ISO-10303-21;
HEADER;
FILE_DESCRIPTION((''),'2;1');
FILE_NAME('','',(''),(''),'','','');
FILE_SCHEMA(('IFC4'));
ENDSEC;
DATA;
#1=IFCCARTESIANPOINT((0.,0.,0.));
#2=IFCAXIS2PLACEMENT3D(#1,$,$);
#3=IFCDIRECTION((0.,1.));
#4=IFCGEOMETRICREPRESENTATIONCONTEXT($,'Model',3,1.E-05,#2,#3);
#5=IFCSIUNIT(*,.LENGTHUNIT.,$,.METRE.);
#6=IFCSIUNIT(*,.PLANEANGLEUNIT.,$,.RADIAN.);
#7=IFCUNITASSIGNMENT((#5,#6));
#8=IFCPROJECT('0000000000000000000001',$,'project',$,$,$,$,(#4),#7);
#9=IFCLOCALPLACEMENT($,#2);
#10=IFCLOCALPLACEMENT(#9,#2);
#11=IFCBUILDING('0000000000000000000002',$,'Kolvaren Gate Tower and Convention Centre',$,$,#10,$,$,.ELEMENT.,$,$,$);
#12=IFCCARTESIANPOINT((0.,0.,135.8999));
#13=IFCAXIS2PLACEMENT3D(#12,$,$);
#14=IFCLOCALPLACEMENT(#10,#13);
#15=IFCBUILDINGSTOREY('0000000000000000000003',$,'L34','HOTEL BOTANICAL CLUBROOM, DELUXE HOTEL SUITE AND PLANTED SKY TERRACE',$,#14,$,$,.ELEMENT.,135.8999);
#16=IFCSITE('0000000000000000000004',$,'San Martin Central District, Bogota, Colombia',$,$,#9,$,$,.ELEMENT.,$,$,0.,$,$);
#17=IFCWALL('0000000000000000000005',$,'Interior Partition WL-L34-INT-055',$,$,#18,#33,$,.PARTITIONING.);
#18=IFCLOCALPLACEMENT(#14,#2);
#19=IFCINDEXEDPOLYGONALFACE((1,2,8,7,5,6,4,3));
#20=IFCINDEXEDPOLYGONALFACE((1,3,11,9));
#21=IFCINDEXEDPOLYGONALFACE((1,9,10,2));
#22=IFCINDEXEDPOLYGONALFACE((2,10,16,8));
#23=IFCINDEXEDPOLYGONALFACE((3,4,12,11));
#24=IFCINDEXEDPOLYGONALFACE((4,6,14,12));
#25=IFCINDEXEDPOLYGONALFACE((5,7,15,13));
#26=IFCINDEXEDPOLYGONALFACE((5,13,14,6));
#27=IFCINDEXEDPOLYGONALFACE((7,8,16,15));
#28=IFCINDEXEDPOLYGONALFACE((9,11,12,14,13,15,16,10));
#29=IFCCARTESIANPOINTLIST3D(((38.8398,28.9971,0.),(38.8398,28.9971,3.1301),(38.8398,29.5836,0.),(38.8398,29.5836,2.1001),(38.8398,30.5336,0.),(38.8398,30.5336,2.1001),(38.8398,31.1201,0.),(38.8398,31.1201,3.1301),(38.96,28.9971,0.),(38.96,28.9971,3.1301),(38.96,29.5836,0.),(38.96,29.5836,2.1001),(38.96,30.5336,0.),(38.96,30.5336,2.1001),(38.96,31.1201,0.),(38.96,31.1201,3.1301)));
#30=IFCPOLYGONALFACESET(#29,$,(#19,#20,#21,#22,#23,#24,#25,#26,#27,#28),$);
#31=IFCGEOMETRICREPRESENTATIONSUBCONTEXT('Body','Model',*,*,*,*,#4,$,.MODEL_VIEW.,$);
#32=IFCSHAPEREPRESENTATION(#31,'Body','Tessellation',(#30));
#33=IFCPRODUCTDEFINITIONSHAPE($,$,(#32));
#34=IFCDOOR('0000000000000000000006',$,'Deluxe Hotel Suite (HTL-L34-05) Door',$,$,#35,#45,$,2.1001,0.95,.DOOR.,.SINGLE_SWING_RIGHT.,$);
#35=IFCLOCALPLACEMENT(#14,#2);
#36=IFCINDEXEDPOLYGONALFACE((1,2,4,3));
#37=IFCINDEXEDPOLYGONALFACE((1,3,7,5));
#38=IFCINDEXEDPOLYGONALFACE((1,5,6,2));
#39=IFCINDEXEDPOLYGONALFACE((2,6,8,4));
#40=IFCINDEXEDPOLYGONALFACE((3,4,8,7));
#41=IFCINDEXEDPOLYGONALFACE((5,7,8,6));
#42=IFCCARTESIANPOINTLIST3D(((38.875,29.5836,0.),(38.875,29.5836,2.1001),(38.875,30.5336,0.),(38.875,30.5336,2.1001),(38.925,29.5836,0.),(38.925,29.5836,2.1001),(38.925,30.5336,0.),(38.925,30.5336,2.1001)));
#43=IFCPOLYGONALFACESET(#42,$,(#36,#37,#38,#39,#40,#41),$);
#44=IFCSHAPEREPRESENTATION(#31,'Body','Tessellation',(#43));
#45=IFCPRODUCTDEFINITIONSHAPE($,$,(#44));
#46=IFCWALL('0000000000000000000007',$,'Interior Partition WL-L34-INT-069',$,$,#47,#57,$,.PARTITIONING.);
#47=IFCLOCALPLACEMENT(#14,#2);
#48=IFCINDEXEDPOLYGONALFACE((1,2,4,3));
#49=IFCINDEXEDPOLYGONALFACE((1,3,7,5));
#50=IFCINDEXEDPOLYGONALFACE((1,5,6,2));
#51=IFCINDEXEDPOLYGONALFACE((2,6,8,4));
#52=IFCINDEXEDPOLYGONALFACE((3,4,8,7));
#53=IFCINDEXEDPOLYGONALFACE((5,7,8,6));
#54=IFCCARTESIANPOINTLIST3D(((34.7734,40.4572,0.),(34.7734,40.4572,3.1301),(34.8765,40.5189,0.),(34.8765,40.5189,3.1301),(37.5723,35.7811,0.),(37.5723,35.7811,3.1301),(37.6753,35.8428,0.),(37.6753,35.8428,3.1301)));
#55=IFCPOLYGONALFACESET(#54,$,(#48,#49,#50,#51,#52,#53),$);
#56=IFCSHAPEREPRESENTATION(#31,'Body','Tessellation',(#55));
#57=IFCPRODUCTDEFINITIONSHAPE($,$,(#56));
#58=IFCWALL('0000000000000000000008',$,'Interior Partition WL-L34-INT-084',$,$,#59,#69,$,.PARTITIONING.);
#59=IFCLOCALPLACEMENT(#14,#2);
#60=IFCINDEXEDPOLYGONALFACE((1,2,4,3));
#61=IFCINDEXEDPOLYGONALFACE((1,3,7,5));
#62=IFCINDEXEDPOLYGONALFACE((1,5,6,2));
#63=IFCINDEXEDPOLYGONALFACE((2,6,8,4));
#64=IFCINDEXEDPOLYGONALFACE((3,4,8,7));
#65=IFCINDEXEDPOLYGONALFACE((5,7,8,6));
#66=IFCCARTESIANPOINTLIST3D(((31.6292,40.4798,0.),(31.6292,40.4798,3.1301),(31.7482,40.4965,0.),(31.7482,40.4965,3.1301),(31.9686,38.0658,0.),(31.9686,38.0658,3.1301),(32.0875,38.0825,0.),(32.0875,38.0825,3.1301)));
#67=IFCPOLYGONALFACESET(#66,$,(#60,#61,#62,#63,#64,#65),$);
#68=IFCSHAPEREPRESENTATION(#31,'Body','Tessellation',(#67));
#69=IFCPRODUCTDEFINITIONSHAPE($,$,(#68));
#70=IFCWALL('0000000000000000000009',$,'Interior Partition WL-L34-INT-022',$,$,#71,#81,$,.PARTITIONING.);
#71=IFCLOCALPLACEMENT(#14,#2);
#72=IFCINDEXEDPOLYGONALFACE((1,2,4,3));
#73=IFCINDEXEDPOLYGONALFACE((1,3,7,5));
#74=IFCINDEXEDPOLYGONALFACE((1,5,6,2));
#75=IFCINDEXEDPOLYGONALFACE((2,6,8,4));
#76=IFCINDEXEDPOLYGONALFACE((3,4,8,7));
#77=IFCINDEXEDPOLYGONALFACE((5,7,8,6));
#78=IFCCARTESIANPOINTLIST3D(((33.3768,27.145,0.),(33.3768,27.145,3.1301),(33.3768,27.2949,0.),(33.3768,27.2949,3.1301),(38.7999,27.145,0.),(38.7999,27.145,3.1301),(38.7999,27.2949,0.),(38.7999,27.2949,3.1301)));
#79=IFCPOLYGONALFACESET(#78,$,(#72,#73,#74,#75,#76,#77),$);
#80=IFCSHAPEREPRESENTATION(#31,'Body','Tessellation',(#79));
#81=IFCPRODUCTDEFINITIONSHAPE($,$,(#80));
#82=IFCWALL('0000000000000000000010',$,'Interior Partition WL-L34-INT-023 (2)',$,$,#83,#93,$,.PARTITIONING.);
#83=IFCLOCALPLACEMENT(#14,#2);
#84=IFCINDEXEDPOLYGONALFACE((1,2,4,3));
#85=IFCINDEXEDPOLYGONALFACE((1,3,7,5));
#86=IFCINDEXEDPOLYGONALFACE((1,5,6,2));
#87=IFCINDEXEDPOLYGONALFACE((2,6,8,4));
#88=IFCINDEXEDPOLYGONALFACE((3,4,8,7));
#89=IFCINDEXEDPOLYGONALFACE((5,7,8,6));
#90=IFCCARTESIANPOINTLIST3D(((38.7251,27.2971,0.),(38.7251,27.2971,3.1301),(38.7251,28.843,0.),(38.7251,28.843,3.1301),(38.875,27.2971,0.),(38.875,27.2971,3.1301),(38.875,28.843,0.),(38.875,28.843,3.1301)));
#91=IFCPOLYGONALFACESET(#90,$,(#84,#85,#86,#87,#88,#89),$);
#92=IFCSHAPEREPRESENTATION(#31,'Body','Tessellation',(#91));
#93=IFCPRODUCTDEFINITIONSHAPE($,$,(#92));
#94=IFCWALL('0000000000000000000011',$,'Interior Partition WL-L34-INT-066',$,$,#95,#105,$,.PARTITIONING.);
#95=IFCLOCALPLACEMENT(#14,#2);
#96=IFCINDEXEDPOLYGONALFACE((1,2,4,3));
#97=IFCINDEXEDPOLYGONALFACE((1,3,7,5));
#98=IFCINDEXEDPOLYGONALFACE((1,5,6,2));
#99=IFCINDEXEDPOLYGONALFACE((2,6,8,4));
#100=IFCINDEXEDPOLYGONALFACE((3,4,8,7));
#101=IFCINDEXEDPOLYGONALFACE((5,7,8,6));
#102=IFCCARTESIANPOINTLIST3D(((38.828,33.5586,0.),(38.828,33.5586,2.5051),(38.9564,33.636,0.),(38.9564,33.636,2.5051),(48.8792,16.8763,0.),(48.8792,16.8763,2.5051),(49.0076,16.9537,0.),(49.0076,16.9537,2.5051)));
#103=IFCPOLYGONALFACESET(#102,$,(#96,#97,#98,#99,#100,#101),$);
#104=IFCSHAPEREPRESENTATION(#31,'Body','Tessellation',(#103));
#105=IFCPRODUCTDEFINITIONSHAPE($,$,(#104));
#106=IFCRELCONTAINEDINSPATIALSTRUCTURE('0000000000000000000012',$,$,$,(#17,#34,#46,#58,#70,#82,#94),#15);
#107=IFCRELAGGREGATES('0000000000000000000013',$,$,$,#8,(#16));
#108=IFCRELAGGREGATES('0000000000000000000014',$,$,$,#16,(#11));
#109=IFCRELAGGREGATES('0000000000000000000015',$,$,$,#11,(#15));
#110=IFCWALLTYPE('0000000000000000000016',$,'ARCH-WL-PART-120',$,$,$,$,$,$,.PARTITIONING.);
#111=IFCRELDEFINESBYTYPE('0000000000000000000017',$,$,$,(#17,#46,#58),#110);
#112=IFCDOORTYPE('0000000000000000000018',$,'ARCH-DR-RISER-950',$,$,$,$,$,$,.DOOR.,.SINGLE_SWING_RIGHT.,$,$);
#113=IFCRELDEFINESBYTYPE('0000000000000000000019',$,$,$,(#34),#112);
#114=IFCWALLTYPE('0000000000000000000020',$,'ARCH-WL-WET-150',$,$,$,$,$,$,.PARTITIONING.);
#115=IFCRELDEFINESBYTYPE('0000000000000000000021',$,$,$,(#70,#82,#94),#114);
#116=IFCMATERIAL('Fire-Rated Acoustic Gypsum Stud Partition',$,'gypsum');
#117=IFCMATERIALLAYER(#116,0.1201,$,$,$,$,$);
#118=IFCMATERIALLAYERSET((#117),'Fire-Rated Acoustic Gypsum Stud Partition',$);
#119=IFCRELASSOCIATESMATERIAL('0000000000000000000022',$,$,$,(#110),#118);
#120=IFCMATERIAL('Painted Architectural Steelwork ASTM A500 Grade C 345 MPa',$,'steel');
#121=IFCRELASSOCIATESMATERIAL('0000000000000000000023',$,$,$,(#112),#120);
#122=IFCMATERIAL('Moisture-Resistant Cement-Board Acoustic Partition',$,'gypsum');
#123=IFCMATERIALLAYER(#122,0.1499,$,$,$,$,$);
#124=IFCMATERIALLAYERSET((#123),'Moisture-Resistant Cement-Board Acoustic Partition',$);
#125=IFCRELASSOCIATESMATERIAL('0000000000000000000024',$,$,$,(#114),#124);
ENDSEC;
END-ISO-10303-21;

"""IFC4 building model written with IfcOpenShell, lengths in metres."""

from ifc_helpers import new_model, si_unit, direction, frame, frame_2d, origin, place, context, subcontext, project, spatial, rectangle, extrude, material, layer, layer_set, type_object, element, fill, save


model = new_model("IFC4")

# Units and contexts
model_context = context("Model", 3, precision=1e-05, world=origin(), true_north=direction((0.0, 1.0)))
body_context = subcontext(model_context, "Body", "Model", "MODEL_VIEW")
ifc_project = project(units=[si_unit("LENGTHUNIT", "METRE"), si_unit("PLANEANGLEUNIT", "RADIAN")], contexts=[model_context])

# Site, building, storey
site_placement = place(None, origin())
site = spatial("IfcSite", under=ifc_project, at=site_placement, Name="San Martin Central District, Bogota, Colombia", CompositionType="ELEMENT", RefElevation=0.0)
building_placement = place(site_placement, origin())
building = spatial("IfcBuilding", under=site, at=building_placement, Name="Kolvaren Gate Tower and Convention Centre", CompositionType="ELEMENT")
storey_placement = place(building_placement, frame((0.0, 0.0, 135.8999)))
storey = spatial("IfcBuildingStorey", under=building, at=storey_placement, Name="L34", Description="HOTEL BOTANICAL CLUBROOM, DELUXE HOTEL SUITE AND PLANTED SKY TERRACE", CompositionType="ELEMENT", Elevation=135.8999)

# Shared definitions
ifc_material_1 = material(Name="Fire-Rated Acoustic Gypsum Stud Partition", Category="gypsum")
ifc_layer_1 = layer(ifc_material_1, 0.1201)
ifc_layer_set_1 = layer_set([ifc_layer_1], Name="Fire-Rated Acoustic Gypsum Stud Partition")
wall_type_1 = type_object("IfcWallType", Name="ARCH-WL-PART-120", PredefinedType="PARTITIONING", material=ifc_layer_set_1)
ifc_material_2 = material(Name="Painted Architectural Steelwork ASTM A500 Grade C 345 MPa", Category="steel")
door_type = type_object("IfcDoorType", Name="ARCH-DR-RISER-950", OperationType="SINGLE_SWING_RIGHT", PredefinedType="DOOR", material=ifc_material_2)

# Wall, opening, door
wall_1_placement = place(storey_placement, frame((38.8999, 28.9971, 0.0), z_axis=(0.0, 0.0, 1.0), x_axis=(0.0, 1.0, 0.0)))
wall_1 = element("IfcWall", 1, at=wall_1_placement, inside=storey, type_object=wall_type_1, Name="Interior Partition WL-L34-INT-055", PredefinedType="PARTITIONING", context=body_context, shape_type="SweptSolid", body=[
    extrude(rectangle(XDim=2.123, YDim=0.1201, at=frame_2d((1.0615, 0.0))), origin(), (0.0, 0.0, 1.0), 3.1301),
])
opening_1_placement = place(wall_1_placement, frame((0.5864, 0.0, 0.0)))
opening_1 = element("IfcOpeningElement", 2, at=opening_1_placement, cuts=wall_1, PredefinedType="OPENING", context=body_context, shape_type="SweptSolid", body=[
    extrude(rectangle(XDim=0.95, YDim=2.1001, at=frame_2d((0.4751, 1.05))), frame((0.0, 0.0701, 0.0), z_axis=(0.0, -1.0, 0.0), x_axis=(1.0, 0.0, 0.0)), (0.0, 0.0, 1.0), 0.1401),
])
door_1_placement = place(opening_1_placement, origin())
door_1 = element("IfcDoor", 3, at=door_1_placement, inside=storey, type_object=door_type, Name="Deluxe Hotel Suite (HTL-L34-05) Door", OperationType="SINGLE_SWING_RIGHT", OverallHeight=2.1001, OverallWidth=0.95, PredefinedType="DOOR", context=body_context, shape_type="SweptSolid", body=[
    extrude(rectangle(XDim=0.95, YDim=2.1001, at=frame_2d((0.4751, 1.05))), frame((0.0, 0.0249, 0.0), z_axis=(0.0, -1.0, 0.0), x_axis=(1.0, 0.0, 0.0)), (0.0, 0.0, 1.0), 0.05),
])
fill(opening_1, door_1)

# Walls
wall_2_placement = place(storey_placement, frame((34.825, 40.488, 0.0), z_axis=(0.0, 0.0, 1.0), x_axis=(0.51358, -0.858042, 0.0)))
element("IfcWall", 4, at=wall_2_placement, inside=storey, type_object=wall_type_1, Name="Interior Partition WL-L34-INT-069", PredefinedType="PARTITIONING", context=body_context, shape_type="SweptSolid", body=[
    extrude(rectangle(XDim=5.4497, YDim=0.1201, at=frame_2d((2.7249, 0.0))), origin(), (0.0, 0.0, 1.0), 3.1301),
])
wall_3_placement = place(storey_placement, frame((31.6887, 40.488, 0.0), z_axis=(0.0, 0.0, 1.0), x_axis=(0.139206, -0.990263, 0.0)))
element("IfcWall", 5, at=wall_3_placement, inside=storey, type_object=wall_type_1, Name="Interior Partition WL-L34-INT-084", PredefinedType="PARTITIONING", context=body_context, shape_type="SweptSolid", body=[
    extrude(rectangle(XDim=2.4377, YDim=0.1201, at=frame_2d((1.2188, 0.0))), origin(), (0.0, 0.0, 1.0), 3.1301),
])
ifc_material_3 = material(Name="Moisture-Resistant Cement-Board Acoustic Partition", Category="gypsum")
ifc_layer_2 = layer(ifc_material_3, 0.1499)
ifc_layer_set_2 = layer_set([ifc_layer_2], Name="Moisture-Resistant Cement-Board Acoustic Partition")
wall_type_2 = type_object("IfcWallType", Name="ARCH-WL-WET-150", PredefinedType="PARTITIONING", material=ifc_layer_set_2)
wall_4_placement = place(storey_placement, frame((33.377, 27.22, 0.0), z_axis=(0.0, 0.0, 1.0), x_axis=(1.0, 0.0, 0.0)))
element("IfcWall", 6, at=wall_4_placement, inside=storey, type_object=wall_type_2, Name="Interior Partition WL-L34-INT-022", PredefinedType="PARTITIONING", context=body_context, shape_type="SweptSolid", body=[
    extrude(rectangle(XDim=5.4231, YDim=0.1499, at=frame_2d((2.7114, 0.0))), origin(), (0.0, 0.0, 1.0), 3.1301),
])
wall_5_placement = place(storey_placement, frame((38.8, 27.2971, 0.0), z_axis=(0.0, 0.0, 1.0), x_axis=(0.0, 1.0, 0.0)))
element("IfcWall", 7, at=wall_5_placement, inside=storey, type_object=wall_type_2, Name="Interior Partition WL-L34-INT-023 (2)", PredefinedType="PARTITIONING", context=body_context, shape_type="SweptSolid", body=[
    extrude(rectangle(XDim=1.5459, YDim=0.1499, at=frame_2d((0.7729, 0.0))), origin(), (0.0, 0.0, 1.0), 3.1301),
])
wall_6_placement = place(storey_placement, frame((38.8921, 33.5974, 0.0), z_axis=(0.0, 0.0, 1.0), x_axis=(0.516075, -0.856544, 0.0)))
element("IfcWall", 8, at=wall_6_placement, inside=storey, type_object=wall_type_2, Name="Interior Partition WL-L34-INT-066", PredefinedType="PARTITIONING", context=body_context, shape_type="SweptSolid", body=[
    extrude(rectangle(XDim=19.4763, YDim=0.1499, at=frame_2d((9.7383, 0.0))), origin(), (0.0, 0.0, 1.0), 2.5051),
])

save(model, "model.ifc")
